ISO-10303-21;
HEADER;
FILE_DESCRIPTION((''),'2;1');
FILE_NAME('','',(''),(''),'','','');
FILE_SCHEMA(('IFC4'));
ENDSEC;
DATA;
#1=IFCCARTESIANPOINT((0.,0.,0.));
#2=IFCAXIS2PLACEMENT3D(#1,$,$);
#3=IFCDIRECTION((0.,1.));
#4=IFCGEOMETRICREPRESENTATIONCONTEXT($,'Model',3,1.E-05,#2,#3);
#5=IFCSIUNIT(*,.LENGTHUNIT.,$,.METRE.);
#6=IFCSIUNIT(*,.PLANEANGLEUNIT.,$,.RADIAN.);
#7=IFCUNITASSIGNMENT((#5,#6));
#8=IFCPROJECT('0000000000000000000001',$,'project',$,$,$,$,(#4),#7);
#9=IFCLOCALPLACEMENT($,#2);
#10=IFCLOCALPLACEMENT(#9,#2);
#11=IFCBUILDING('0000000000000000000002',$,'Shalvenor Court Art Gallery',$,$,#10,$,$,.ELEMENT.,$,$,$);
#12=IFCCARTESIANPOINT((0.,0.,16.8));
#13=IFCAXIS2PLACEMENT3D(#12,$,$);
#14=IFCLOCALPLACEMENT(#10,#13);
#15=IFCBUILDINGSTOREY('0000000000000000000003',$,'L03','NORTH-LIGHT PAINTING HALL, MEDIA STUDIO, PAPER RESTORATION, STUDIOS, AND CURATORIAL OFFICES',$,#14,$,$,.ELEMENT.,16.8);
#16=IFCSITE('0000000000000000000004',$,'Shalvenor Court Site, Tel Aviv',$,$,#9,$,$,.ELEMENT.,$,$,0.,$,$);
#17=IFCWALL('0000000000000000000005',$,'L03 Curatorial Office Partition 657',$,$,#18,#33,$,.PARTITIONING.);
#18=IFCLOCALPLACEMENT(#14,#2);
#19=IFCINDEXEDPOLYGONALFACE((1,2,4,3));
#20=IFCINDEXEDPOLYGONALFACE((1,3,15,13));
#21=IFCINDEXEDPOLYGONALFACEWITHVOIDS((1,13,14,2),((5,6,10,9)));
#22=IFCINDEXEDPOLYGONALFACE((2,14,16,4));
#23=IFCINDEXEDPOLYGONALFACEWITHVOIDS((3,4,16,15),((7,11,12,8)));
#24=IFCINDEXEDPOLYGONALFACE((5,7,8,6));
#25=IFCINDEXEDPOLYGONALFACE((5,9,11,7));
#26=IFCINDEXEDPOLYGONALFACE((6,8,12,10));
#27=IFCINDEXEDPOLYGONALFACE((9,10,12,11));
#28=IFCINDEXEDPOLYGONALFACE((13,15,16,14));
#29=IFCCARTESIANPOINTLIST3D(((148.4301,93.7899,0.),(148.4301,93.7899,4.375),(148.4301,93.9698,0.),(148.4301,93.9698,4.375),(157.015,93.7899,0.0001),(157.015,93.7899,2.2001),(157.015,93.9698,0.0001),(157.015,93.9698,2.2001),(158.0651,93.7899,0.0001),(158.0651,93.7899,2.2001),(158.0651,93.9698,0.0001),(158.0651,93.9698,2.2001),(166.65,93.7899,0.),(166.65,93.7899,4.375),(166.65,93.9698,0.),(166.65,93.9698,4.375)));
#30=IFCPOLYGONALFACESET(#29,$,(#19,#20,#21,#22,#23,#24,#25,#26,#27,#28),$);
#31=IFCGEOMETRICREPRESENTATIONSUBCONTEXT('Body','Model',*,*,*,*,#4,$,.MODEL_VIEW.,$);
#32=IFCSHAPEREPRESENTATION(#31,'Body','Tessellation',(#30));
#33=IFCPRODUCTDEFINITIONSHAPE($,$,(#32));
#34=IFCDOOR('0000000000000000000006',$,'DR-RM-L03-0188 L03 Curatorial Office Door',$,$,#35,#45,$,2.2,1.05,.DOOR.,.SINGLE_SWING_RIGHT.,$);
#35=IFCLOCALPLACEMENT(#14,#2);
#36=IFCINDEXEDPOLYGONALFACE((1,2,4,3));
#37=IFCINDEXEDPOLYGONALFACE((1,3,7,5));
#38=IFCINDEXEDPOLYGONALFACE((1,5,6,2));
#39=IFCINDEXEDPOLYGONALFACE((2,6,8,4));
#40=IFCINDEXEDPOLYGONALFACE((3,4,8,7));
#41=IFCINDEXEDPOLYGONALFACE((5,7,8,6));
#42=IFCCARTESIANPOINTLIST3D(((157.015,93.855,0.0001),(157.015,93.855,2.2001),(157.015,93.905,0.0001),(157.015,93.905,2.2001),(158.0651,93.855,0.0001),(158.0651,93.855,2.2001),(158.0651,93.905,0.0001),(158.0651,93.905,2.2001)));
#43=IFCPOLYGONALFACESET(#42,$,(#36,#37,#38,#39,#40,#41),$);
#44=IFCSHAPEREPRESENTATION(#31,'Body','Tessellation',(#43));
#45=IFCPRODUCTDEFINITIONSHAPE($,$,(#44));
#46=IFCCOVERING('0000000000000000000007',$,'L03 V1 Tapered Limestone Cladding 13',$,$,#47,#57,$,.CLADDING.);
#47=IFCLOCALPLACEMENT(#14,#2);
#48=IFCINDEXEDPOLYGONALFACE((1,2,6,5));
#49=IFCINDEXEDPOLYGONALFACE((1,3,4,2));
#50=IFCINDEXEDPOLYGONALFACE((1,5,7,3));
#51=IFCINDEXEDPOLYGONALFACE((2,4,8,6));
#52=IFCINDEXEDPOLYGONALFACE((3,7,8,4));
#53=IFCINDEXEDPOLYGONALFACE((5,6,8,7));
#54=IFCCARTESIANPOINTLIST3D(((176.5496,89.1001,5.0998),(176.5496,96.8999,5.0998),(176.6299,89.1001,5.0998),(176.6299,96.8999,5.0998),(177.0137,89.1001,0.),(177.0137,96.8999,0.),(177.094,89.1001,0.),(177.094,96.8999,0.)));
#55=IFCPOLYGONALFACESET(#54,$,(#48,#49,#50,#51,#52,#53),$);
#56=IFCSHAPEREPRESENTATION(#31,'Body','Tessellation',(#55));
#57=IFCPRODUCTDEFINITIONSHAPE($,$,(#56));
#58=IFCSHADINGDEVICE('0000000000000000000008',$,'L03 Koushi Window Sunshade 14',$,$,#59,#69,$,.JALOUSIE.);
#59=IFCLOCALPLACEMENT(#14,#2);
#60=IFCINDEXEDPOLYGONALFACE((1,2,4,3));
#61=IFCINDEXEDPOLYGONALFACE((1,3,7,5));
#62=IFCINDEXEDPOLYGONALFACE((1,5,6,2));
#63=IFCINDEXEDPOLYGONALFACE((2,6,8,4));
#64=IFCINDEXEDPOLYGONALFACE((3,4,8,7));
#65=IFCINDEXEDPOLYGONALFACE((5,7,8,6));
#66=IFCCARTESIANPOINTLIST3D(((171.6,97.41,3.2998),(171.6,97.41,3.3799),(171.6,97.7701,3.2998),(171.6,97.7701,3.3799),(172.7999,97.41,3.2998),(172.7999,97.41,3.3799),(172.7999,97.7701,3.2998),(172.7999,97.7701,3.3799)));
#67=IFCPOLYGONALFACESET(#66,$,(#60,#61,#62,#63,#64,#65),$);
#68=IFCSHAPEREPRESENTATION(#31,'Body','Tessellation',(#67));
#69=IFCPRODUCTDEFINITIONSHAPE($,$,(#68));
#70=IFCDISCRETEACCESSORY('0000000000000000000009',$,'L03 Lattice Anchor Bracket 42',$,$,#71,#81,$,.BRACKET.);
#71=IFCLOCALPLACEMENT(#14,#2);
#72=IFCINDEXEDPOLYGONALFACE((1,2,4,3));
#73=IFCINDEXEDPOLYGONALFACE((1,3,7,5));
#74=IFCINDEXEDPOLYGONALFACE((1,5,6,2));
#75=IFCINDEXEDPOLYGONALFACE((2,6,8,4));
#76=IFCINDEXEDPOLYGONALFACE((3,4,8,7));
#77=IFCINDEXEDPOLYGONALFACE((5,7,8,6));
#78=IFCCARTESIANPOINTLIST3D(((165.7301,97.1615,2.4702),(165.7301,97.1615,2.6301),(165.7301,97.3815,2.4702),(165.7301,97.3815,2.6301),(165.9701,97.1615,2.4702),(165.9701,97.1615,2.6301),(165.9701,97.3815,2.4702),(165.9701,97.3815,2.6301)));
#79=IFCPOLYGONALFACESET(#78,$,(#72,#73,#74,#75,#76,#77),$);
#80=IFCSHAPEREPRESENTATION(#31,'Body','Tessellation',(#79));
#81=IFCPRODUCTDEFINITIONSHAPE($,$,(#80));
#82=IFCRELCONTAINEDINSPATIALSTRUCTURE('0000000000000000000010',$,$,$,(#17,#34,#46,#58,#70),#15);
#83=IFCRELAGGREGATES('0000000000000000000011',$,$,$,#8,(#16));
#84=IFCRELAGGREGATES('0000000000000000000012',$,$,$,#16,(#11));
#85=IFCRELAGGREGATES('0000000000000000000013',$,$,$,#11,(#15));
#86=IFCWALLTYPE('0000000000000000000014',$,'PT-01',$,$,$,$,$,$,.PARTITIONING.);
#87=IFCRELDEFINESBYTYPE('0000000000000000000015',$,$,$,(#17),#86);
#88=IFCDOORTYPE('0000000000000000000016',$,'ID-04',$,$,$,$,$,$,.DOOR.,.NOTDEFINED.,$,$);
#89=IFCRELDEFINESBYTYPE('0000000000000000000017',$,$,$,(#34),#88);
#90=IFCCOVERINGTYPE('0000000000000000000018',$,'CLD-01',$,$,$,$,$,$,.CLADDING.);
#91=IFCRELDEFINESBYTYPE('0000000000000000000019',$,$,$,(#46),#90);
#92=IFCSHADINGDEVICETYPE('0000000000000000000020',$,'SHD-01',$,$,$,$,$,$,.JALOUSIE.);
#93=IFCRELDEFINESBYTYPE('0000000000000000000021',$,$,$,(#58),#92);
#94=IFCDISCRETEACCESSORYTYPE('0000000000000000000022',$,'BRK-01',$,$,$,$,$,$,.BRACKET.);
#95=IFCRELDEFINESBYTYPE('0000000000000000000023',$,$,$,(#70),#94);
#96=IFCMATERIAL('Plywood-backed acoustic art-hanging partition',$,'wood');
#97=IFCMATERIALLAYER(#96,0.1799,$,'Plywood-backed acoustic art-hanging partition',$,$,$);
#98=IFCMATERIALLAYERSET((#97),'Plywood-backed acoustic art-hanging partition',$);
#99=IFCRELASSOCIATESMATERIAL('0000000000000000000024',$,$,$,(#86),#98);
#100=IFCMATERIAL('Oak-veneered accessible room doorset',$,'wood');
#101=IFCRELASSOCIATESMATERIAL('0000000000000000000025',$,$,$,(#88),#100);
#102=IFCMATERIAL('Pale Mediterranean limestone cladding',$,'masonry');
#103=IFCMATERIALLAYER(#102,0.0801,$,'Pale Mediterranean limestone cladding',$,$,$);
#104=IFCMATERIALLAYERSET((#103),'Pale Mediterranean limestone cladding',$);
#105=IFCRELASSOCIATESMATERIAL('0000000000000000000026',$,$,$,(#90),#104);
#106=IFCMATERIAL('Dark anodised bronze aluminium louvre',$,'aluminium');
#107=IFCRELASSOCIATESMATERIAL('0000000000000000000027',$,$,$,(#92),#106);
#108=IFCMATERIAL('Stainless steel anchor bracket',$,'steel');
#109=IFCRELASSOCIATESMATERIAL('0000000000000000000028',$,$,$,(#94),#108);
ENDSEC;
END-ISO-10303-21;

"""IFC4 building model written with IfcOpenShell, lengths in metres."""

from ifc_helpers import new_model, si_unit, direction, frame, frame_2d, origin, origin_2d, place, context, subcontext, project, spatial, polyline, rectangle, outline, extrude, material, layer, layer_set, type_object, element, fill, save


model = new_model("IFC4")

# Units and contexts
model_context = context("Model", 3, precision=1e-05, world=origin(), true_north=direction((0.0, 1.0)))
body_context = subcontext(model_context, "Body", "Model", "MODEL_VIEW")
ifc_project = project(units=[si_unit("LENGTHUNIT", "METRE"), si_unit("PLANEANGLEUNIT", "RADIAN")], contexts=[model_context])

# Site, building, storey
site_placement = place(None, origin())
site = spatial("IfcSite", under=ifc_project, at=site_placement, Name="Shalvenor Court Site, Tel Aviv", CompositionType="ELEMENT", RefElevation=0.0)
building_placement = place(site_placement, origin())
building = spatial("IfcBuilding", under=site, at=building_placement, Name="Shalvenor Court Art Gallery", CompositionType="ELEMENT")
storey_placement = place(building_placement, frame((0.0, 0.0, 16.8)))
storey = spatial("IfcBuildingStorey", under=building, at=storey_placement, Name="L03", Description="NORTH-LIGHT PAINTING HALL, MEDIA STUDIO, PAPER RESTORATION, STUDIOS, AND CURATORIAL OFFICES", CompositionType="ELEMENT", Elevation=16.8)

# Wall, opening, door
ifc_material_1 = material(Name="Plywood-backed acoustic art-hanging partition", Category="wood")
ifc_layer_1 = layer(ifc_material_1, 0.1799, Name="Plywood-backed acoustic art-hanging partition")
ifc_layer_set_1 = layer_set([ifc_layer_1], Name="Plywood-backed acoustic art-hanging partition")
wall_type_1 = type_object("IfcWallType", Name="PT-01", PredefinedType="PARTITIONING", material=ifc_layer_set_1)
wall_1_placement = place(storey_placement, frame((166.6499, 93.8799, 0.0), z_axis=(0.0, 0.0, 1.0), x_axis=(-1.0, 0.0, 0.0)))
wall_1 = element("IfcWall", 1, at=wall_1_placement, inside=storey, type_object=wall_type_1, Name="L03 Curatorial Office Partition 657", PredefinedType="PARTITIONING", context=body_context, shape_type="SweptSolid", body=[
    extrude(rectangle(XDim=18.22, YDim=0.1799, at=frame_2d((9.1099, 0.0))), origin(), (0.0, 0.0, 1.0), 4.375),
])
opening_1_placement = place(wall_1_placement, frame((8.585, 0.0, 0.0)))
opening_1 = element("IfcOpeningElement", 2, at=opening_1_placement, cuts=wall_1, PredefinedType="OPENING", context=body_context, shape_type="SweptSolid", body=[
    extrude(rectangle(XDim=1.05, YDim=2.2, at=frame_2d((0.5249, 1.1001))), frame((0.0, 0.0999, 0.0), z_axis=(0.0, -1.0, 0.0), x_axis=(1.0, 0.0, 0.0)), (0.0, 0.0, 1.0), 0.2),
])
ifc_material_2 = material(Name="Oak-veneered accessible room doorset", Category="wood")
door_type = type_object("IfcDoorType", Name="ID-04", OperationType="NOTDEFINED", PredefinedType="DOOR", material=ifc_material_2)
door_placement = place(opening_1_placement, origin())
door = element("IfcDoor", 3, at=door_placement, inside=storey, type_object=door_type, Name="DR-RM-L03-0188 L03 Curatorial Office Door", OperationType="SINGLE_SWING_RIGHT", OverallHeight=2.2, OverallWidth=1.05, PredefinedType="DOOR", context=body_context, shape_type="SweptSolid", body=[
    extrude(rectangle(XDim=1.05, YDim=2.2, at=frame_2d((0.5249, 1.1001))), frame((0.0, 0.0249, 0.0), z_axis=(0.0, -1.0, 0.0), x_axis=(1.0, 0.0, 0.0)), (0.0, 0.0, 1.0), 0.05),
])
fill(opening_1, door)

# Covering
ifc_material_3 = material(Name="Pale Mediterranean limestone cladding", Category="masonry")
ifc_layer_2 = layer(ifc_material_3, 0.0801, Name="Pale Mediterranean limestone cladding")
ifc_layer_set_2 = layer_set([ifc_layer_2], Name="Pale Mediterranean limestone cladding")
covering_type = type_object("IfcCoveringType", Name="CLD-01", PredefinedType="CLADDING", material=ifc_layer_set_2)
covering_placement = place(storey_placement, frame((177.094, 89.1001, 0.0), z_axis=(0.0, 0.0, 1.0), x_axis=(0.0, 1.0, 0.0)))
element("IfcCovering", 4, at=covering_placement, inside=storey, type_object=covering_type, Name="L03 V1 Tapered Limestone Cladding 13", PredefinedType="CLADDING", context=body_context, shape_type="SweptSolid", body=[
    extrude(outline(polyline([(0.0, 0.0), (7.7998, 0.0), (7.7998, 5.1208), (0.0, 5.1208), (0.0, 0.0)])), frame((0.0, 0.0, 0.0), z_axis=(0.0, -0.995884, 0.090633), x_axis=(1.0, 0.0, 0.0)), (0.0, 0.090633, -0.995884), 0.0803),
])

# Shading device
ifc_material_4 = material(Name="Dark anodised bronze aluminium louvre", Category="aluminium")
shading_device_type = type_object("IfcShadingDeviceType", Name="SHD-01", PredefinedType="JALOUSIE", material=ifc_material_4)
shading_device_placement = place(storey_placement, frame((172.2, 97.5901, 3.2998), z_axis=(0.0, 0.0, 1.0), x_axis=(1.0, 0.0, 0.0)))
element("IfcShadingDevice", 5, at=shading_device_placement, inside=storey, type_object=shading_device_type, Name="L03 Koushi Window Sunshade 14", PredefinedType="JALOUSIE", context=body_context, shape_type="SweptSolid", body=[
    extrude(rectangle(XDim=1.2, YDim=0.3601, at=origin_2d()), origin(), (0.0, 0.0, 1.0), 0.0801),
])

# Discrete accessory
ifc_material_5 = material(Name="Stainless steel anchor bracket", Category="steel")
discrete_accessory_type = type_object("IfcDiscreteAccessoryType", Name="BRK-01", PredefinedType="BRACKET", material=ifc_material_5)
discrete_accessory_placement = place(storey_placement, frame((165.8501, 97.2715, 2.4702), z_axis=(0.0, 0.0, 1.0), x_axis=(1.0, 0.0, 0.0)))
element("IfcDiscreteAccessory", 6, at=discrete_accessory_placement, inside=storey, type_object=discrete_accessory_type, Name="L03 Lattice Anchor Bracket 42", PredefinedType="BRACKET", context=body_context, shape_type="SweptSolid", body=[
    extrude(rectangle(XDim=0.24, YDim=0.22, at=origin_2d()), origin(), (0.0, 0.0, 1.0), 0.1599),
])

save(model, "model.ifc")
